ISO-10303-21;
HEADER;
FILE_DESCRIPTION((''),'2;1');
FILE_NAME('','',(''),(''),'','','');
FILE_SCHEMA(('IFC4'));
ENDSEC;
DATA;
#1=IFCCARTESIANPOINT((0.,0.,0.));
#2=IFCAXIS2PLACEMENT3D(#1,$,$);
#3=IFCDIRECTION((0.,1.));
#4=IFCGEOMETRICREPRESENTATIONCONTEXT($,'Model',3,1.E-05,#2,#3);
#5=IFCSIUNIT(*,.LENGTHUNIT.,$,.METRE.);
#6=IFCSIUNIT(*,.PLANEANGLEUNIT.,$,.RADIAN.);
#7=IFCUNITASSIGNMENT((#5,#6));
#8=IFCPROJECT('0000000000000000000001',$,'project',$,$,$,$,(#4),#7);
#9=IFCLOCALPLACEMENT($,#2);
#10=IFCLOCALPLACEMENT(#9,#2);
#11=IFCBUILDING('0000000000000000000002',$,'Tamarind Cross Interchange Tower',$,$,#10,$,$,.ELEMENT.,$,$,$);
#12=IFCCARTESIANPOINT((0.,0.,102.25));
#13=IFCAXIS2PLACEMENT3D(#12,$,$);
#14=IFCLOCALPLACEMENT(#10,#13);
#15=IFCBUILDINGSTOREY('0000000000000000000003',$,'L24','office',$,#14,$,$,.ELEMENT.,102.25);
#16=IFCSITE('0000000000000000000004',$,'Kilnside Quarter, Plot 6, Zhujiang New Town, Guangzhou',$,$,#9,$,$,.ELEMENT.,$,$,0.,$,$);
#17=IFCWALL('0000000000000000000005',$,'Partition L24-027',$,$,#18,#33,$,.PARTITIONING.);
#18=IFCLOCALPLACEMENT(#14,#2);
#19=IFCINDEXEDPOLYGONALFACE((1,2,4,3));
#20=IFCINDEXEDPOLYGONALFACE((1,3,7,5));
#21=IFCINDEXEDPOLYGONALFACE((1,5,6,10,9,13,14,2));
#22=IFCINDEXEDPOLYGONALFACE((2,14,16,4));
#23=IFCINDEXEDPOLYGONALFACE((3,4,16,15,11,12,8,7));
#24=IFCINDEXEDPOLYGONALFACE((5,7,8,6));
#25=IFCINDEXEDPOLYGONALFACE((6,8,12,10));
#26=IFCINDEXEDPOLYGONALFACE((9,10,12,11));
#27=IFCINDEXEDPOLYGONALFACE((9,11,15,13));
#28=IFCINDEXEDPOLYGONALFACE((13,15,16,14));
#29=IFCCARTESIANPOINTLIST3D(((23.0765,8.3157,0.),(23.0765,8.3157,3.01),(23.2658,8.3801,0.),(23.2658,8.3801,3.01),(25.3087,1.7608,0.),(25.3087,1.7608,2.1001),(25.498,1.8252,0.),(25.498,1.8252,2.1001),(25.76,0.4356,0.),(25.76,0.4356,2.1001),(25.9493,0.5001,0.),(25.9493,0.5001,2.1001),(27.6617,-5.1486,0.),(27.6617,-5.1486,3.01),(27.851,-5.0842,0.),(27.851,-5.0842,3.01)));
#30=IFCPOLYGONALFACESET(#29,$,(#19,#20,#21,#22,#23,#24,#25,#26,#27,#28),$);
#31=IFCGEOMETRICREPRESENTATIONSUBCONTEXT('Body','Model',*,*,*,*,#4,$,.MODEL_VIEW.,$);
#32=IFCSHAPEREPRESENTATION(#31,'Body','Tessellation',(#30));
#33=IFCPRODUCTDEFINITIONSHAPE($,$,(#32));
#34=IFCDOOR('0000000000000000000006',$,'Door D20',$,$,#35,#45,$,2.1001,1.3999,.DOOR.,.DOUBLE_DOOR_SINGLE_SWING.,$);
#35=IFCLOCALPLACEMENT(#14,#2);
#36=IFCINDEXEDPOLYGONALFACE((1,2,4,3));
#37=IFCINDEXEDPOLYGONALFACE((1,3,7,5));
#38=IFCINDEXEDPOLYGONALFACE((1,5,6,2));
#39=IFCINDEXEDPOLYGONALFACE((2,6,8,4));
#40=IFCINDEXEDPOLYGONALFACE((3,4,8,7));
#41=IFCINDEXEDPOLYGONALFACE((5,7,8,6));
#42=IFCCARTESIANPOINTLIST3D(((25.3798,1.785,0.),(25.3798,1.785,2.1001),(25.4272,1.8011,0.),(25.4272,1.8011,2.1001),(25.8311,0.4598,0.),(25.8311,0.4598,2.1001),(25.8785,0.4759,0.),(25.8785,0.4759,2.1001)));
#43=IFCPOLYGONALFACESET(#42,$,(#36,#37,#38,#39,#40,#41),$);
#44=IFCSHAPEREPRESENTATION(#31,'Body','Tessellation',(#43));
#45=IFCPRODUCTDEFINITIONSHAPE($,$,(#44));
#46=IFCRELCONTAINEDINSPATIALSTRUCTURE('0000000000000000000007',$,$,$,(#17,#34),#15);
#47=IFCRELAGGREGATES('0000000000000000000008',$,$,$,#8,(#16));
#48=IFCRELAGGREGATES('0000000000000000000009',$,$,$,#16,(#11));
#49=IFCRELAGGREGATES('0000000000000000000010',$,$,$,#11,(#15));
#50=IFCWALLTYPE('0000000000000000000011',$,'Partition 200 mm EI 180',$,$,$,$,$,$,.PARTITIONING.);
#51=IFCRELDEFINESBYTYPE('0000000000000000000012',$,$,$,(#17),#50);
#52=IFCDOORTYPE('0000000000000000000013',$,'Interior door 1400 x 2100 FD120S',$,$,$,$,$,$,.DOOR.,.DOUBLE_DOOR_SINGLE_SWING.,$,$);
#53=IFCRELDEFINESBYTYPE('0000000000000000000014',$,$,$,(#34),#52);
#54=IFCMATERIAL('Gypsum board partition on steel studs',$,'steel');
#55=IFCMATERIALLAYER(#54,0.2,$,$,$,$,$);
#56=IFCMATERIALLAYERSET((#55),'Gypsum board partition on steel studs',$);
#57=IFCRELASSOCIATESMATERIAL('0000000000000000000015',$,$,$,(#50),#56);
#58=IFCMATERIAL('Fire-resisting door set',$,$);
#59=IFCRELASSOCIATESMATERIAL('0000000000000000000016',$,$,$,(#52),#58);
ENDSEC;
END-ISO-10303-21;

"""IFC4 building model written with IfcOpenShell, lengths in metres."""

from ifc_helpers import new_model, si_unit, direction, frame, frame_2d, origin, place, context, subcontext, project, spatial, rectangle, extrude, material, layer, layer_set, type_object, element, fill, save


model = new_model("IFC4")

# Units and contexts
model_context = context("Model", 3, precision=1e-05, world=origin(), true_north=direction((0.0, 1.0)))
body_context = subcontext(model_context, "Body", "Model", "MODEL_VIEW")
ifc_project = project(units=[si_unit("LENGTHUNIT", "METRE"), si_unit("PLANEANGLEUNIT", "RADIAN")], contexts=[model_context])

# Site, building, storey
site_placement = place(None, origin())
site = spatial("IfcSite", under=ifc_project, at=site_placement, Name="Kilnside Quarter, Plot 6, Zhujiang New Town, Guangzhou", CompositionType="ELEMENT", RefElevation=0.0)
building_placement = place(site_placement, origin())
building = spatial("IfcBuilding", under=site, at=building_placement, Name="Tamarind Cross Interchange Tower", CompositionType="ELEMENT")
storey_placement = place(building_placement, frame((0.0, 0.0, 102.25)))
storey = spatial("IfcBuildingStorey", under=building, at=storey_placement, Name="L24", Description="office", CompositionType="ELEMENT", Elevation=102.25)

# Shared definitions
ifc_material_1 = material(Name="Gypsum board partition on steel studs", Category="steel")

# Wall, opening, door
ifc_material_2 = material(Name="Fire-resisting door set")
ifc_layer_1 = layer(ifc_material_1, 0.2)
ifc_layer_set_1 = layer_set([ifc_layer_1], Name="Gypsum board partition on steel studs")
wall_type_1 = type_object("IfcWallType", Name="Partition 200 mm EI 180", PredefinedType="PARTITIONING", material=ifc_layer_set_1)
wall_1_placement = place(storey_placement, frame((23.1711, 8.3479, 0.0), z_axis=(0.0, 0.0, 1.0), x_axis=(0.322364, -0.946616, 0.0)))
wall_1 = element("IfcWall", 1, at=wall_1_placement, inside=storey, type_object=wall_type_1, Name="Partition L24-027", PredefinedType="PARTITIONING", context=body_context, shape_type="SweptSolid", body=[
    extrude(rectangle(XDim=14.2236, YDim=0.2, at=frame_2d((7.1118, 0.0))), origin(), (0.0, 0.0, 1.0), 3.01),
])
opening_1_placement = place(wall_1_placement, frame((6.9246, 0.0, 0.0)))
opening_1 = element("IfcOpeningElement", 2, at=opening_1_placement, cuts=wall_1, PredefinedType="OPENING", context=body_context, shape_type="SweptSolid", body=[
    extrude(rectangle(XDim=1.3999, YDim=2.1001, at=frame_2d((0.7, 1.05))), frame((0.0, 0.1099, 0.0), z_axis=(0.0, -1.0, 0.0), x_axis=(1.0, 0.0, 0.0)), (0.0, 0.0, 1.0), 0.22),
])
door_type_1 = type_object("IfcDoorType", Name="Interior door 1400 x 2100 FD120S", OperationType="DOUBLE_DOOR_SINGLE_SWING", PredefinedType="DOOR", material=ifc_material_2)
door_1_placement = place(opening_1_placement, frame((1.3999, 0.0, 0.0), z_axis=(0.0, 0.0, 1.0), x_axis=(-1.0, 0.0, 0.0)))
door_1 = element("IfcDoor", 3, at=door_1_placement, inside=storey, type_object=door_type_1, Name="Door D20", OperationType="DOUBLE_DOOR_SINGLE_SWING", OverallHeight=2.1001, OverallWidth=1.3999, PredefinedType="DOOR", context=body_context, shape_type="SweptSolid", body=[
    extrude(rectangle(XDim=1.3999, YDim=2.1001, at=frame_2d((0.7, 1.05))), frame((0.0, 0.0249, 0.0), z_axis=(0.0, -1.0, 0.0), x_axis=(1.0, 0.0, 0.0)), (0.0, 0.0, 1.0), 0.05),
])
fill(opening_1, door_1)

save(model, "model.ifc")
